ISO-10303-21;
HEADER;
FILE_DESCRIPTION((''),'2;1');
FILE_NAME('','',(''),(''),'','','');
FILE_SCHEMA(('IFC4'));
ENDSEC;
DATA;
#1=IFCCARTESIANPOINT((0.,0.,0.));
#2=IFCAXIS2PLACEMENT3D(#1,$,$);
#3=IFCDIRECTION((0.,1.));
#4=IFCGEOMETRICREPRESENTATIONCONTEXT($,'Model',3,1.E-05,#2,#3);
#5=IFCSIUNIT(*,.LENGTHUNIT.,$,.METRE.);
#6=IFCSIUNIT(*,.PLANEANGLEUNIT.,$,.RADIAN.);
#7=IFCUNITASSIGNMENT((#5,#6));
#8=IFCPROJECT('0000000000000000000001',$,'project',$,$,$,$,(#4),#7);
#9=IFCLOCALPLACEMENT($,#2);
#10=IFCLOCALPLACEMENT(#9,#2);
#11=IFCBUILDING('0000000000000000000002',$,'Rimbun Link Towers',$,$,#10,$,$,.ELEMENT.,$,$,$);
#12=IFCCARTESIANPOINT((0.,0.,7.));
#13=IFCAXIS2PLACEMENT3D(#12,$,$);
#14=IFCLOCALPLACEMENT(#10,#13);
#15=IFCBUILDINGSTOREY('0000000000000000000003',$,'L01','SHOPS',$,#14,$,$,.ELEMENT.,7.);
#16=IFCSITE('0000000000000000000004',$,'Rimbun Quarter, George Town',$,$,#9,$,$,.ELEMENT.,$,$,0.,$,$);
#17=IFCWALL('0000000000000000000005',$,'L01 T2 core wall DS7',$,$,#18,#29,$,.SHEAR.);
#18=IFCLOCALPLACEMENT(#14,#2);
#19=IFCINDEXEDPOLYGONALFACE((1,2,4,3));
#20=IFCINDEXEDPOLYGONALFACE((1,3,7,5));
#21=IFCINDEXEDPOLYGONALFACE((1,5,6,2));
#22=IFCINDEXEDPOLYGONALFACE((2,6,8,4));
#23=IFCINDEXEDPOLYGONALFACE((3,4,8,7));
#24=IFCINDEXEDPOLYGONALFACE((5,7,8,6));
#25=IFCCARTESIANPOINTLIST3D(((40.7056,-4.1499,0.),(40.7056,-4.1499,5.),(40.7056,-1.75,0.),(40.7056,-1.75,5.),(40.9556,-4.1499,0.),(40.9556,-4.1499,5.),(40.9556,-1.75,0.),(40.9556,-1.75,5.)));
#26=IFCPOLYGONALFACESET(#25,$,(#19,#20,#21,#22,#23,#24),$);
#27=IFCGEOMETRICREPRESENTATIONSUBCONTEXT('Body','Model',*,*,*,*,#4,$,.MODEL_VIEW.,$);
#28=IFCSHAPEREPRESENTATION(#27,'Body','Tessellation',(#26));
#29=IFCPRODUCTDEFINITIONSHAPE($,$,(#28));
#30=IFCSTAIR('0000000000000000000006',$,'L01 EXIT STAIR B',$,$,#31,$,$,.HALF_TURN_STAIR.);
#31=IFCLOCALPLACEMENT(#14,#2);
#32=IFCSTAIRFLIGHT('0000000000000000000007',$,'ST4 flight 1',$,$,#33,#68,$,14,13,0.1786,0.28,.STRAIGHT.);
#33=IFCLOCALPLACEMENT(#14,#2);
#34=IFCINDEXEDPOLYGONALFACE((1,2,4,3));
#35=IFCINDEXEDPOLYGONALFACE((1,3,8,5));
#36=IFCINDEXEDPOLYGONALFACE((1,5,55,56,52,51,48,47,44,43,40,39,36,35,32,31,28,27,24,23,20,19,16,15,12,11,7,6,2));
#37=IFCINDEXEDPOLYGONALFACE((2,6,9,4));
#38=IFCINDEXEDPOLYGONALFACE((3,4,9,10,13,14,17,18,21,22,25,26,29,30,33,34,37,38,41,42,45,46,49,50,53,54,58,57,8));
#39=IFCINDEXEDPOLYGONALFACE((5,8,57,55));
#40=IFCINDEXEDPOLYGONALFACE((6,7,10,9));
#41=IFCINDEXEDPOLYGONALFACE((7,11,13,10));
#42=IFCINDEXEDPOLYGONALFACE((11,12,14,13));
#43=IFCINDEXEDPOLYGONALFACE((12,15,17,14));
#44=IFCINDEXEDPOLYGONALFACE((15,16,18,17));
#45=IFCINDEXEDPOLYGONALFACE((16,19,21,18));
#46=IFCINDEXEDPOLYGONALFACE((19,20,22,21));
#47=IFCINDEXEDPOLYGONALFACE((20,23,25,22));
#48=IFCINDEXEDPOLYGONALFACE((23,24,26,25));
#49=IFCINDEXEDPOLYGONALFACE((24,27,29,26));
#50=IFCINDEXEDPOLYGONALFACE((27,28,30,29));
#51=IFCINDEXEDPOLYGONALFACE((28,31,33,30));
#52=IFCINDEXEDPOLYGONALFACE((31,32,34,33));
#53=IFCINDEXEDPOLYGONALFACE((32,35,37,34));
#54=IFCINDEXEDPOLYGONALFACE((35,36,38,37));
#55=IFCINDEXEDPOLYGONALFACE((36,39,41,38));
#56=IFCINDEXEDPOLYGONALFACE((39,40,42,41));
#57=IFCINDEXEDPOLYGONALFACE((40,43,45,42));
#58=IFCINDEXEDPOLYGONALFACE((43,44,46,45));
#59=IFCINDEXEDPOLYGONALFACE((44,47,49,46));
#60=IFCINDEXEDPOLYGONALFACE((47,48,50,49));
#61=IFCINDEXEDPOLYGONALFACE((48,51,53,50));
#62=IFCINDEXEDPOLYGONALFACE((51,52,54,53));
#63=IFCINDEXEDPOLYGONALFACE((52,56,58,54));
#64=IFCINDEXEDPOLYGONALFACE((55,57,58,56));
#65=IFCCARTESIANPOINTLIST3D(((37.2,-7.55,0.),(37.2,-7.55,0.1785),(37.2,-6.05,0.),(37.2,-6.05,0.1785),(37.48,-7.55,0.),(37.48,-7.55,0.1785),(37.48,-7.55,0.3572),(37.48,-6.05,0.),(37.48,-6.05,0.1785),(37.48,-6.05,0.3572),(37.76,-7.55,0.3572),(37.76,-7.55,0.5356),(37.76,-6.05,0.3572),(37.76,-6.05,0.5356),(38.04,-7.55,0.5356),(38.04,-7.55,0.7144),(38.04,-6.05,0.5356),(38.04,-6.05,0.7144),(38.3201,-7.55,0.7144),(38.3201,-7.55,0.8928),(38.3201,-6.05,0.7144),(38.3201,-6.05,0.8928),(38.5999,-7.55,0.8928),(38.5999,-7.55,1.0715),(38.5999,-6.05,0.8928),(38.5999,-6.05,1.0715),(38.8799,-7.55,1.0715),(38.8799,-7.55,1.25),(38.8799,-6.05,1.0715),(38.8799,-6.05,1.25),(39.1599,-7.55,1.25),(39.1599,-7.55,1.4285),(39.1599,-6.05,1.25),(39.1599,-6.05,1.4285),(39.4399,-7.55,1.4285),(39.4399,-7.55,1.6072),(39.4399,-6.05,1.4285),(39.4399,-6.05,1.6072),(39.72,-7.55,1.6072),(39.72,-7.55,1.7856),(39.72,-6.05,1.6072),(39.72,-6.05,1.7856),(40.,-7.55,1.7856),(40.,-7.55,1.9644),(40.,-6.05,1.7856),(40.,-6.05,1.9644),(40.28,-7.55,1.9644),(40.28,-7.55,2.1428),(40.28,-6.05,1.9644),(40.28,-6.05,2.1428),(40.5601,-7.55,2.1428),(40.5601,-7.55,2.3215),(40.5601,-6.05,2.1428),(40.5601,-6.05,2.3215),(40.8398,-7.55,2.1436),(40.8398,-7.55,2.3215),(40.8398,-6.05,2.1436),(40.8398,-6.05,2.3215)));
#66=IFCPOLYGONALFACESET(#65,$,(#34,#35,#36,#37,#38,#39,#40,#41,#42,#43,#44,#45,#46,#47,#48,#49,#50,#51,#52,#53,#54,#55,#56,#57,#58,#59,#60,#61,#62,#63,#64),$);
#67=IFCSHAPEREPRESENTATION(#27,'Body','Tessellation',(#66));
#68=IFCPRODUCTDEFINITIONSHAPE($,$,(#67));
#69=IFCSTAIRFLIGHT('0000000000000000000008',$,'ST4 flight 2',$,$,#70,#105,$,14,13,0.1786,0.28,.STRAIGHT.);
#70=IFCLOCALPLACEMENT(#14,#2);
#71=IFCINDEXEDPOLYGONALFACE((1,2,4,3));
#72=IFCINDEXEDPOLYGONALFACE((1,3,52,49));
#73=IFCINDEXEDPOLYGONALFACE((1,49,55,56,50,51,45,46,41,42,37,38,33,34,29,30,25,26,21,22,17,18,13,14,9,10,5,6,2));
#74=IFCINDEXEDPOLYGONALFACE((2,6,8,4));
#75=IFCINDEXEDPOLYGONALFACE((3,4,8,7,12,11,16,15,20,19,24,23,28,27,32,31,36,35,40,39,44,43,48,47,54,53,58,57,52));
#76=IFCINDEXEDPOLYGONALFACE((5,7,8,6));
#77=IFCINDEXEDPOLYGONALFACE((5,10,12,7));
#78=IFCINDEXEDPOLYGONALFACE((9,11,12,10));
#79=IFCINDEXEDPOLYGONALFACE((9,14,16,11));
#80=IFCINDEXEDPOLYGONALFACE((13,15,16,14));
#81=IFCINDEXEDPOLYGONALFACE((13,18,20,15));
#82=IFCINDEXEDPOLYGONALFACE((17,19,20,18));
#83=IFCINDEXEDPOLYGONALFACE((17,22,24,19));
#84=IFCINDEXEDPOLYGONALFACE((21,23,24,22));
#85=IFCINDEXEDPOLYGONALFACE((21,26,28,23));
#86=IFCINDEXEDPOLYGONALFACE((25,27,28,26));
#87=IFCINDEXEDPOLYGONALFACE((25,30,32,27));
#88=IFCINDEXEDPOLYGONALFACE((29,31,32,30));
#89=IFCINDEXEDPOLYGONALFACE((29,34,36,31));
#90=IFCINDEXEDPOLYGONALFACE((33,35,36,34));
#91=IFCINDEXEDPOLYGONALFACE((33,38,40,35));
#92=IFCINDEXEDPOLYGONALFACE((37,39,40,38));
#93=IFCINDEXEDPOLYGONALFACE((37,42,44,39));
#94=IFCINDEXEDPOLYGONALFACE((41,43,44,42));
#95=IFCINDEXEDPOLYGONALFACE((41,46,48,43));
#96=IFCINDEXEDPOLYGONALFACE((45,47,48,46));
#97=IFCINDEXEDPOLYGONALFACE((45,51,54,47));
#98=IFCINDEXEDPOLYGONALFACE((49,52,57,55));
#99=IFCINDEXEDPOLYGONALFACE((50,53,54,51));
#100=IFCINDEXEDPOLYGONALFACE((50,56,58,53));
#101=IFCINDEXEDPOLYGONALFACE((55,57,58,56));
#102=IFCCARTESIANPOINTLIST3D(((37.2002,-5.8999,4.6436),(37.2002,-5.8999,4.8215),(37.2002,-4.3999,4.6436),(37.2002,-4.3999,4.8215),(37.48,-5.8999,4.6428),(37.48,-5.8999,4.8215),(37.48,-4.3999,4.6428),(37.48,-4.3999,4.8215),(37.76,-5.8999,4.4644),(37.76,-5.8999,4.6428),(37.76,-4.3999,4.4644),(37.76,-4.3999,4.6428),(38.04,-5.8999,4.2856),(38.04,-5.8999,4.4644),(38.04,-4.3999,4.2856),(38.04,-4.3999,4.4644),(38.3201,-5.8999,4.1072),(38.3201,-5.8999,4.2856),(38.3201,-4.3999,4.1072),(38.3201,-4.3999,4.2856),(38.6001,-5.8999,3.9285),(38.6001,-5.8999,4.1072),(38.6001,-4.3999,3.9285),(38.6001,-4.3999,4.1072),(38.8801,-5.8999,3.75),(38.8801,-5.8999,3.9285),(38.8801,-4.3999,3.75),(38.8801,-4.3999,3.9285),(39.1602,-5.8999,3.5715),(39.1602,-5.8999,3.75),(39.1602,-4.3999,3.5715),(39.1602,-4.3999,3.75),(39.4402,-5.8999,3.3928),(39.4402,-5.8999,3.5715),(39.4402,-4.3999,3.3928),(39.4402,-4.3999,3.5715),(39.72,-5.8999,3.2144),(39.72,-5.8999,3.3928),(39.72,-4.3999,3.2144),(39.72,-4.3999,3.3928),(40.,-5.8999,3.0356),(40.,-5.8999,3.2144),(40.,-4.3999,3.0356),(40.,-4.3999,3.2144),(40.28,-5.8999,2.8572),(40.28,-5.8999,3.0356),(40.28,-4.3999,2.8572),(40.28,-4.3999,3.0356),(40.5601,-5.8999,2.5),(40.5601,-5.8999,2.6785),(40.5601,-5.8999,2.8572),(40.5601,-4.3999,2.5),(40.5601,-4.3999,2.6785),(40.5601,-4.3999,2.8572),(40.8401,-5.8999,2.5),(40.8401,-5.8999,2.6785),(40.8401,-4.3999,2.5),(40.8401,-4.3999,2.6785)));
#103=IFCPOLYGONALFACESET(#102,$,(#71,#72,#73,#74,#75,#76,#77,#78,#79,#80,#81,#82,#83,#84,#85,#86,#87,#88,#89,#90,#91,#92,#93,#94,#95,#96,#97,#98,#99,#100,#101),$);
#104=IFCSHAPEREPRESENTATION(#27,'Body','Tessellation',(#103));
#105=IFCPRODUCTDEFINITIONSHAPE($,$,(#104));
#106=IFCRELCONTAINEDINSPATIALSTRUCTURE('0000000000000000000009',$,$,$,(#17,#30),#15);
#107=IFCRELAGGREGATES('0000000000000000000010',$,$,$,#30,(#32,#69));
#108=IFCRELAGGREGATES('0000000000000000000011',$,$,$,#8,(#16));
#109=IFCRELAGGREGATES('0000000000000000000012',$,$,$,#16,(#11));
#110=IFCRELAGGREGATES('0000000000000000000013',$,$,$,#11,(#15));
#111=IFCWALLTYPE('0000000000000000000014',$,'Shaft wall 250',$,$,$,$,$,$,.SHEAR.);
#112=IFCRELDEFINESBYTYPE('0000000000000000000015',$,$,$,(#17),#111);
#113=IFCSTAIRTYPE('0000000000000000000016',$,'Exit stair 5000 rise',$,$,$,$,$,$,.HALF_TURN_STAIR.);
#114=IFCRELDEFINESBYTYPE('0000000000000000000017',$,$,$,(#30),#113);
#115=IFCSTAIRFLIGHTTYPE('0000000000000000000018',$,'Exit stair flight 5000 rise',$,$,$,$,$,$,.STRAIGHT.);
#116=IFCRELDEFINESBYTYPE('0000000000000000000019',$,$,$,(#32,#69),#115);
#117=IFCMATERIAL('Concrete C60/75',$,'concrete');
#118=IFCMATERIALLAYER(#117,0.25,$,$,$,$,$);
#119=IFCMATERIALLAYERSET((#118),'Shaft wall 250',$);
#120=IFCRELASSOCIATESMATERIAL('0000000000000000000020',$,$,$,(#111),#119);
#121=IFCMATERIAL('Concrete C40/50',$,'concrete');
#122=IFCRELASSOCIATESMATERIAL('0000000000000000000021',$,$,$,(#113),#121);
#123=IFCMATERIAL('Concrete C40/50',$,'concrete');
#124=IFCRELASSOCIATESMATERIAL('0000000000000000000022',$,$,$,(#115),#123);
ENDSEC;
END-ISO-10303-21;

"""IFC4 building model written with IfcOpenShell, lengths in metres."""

from ifc_helpers import new_model, si_unit, direction, frame, frame_2d, origin, place, context, subcontext, project, spatial, polyline, rectangle, outline, extrude, material, layer, layer_set, type_object, element, aggregate, save


model = new_model("IFC4")

# Units and contexts
model_context = context("Model", 3, precision=1e-05, world=origin(), true_north=direction((0.0, 1.0)))
body_context = subcontext(model_context, "Body", "Model", "MODEL_VIEW")
ifc_project = project(units=[si_unit("LENGTHUNIT", "METRE"), si_unit("PLANEANGLEUNIT", "RADIAN")], contexts=[model_context])

# Site, building, storey
site_placement = place(None, origin())
site = spatial("IfcSite", under=ifc_project, at=site_placement, Name="Rimbun Quarter, George Town", CompositionType="ELEMENT", RefElevation=0.0)
building_placement = place(site_placement, origin())
building = spatial("IfcBuilding", under=site, at=building_placement, Name="Rimbun Link Towers", CompositionType="ELEMENT")
storey_placement = place(building_placement, frame((0.0, 0.0, 7.0)))
storey = spatial("IfcBuildingStorey", under=building, at=storey_placement, Name="L01", Description="SHOPS", CompositionType="ELEMENT", Elevation=7.0)

# Wall
ifc_material_1 = material(Name="Concrete C60/75", Category="concrete")
ifc_layer_1 = layer(ifc_material_1, 0.25)
ifc_layer_set_1 = layer_set([ifc_layer_1], Name="Shaft wall 250")
wall_type_1 = type_object("IfcWallType", Name="Shaft wall 250", PredefinedType="SHEAR", material=ifc_layer_set_1)
for number, where, z_axis, x_axis, name in (
    (1, (40.8306, -4.1499, 0.0), (0.0, 0.0, 1.0), (0.0, 1.0, 0.0), "L01 T2 core wall DS7"),
):
    element("IfcWall", number, at=place(storey_placement, frame(where, z_axis=z_axis, x_axis=x_axis)), inside=storey, type_object=wall_type_1, Name=name, PredefinedType="SHEAR", context=body_context, shape_type="SweptSolid", body=[
        extrude(rectangle(XDim=2.3999, YDim=0.25, at=frame_2d((1.2, 0.0))), origin(), (0.0, 0.0, 1.0), 5.0),
    ])

# Stair, stair flights
ifc_material_2 = material(Name="Concrete C40/50", Category="concrete")
stair_type = type_object("IfcStairType", Name="Exit stair 5000 rise", PredefinedType="HALF_TURN_STAIR", material=ifc_material_2)
stair_placement = place(storey_placement, origin())
stair = element("IfcStair", 2, at=stair_placement, inside=storey, type_object=stair_type, Name="L01 EXIT STAIR B", PredefinedType="HALF_TURN_STAIR")
ifc_material_3 = material(Name="Concrete C40/50", Category="concrete")
stair_flight_type = type_object("IfcStairFlightType", Name="Exit stair flight 5000 rise", PredefinedType="STRAIGHT", material=ifc_material_3)
stair_flight_1_placement = place(storey_placement, frame((37.2, -6.8, 0.0), z_axis=(0.0, 0.0, 1.0), x_axis=(1.0, 0.0, 0.0)))
stair_flight_1 = element("IfcStairFlight", 3, at=stair_flight_1_placement, type_object=stair_flight_type, Name="ST4 flight 1", NumberOfRisers=14, NumberOfTreads=13, PredefinedType="STRAIGHT", RiserHeight=0.1786, TreadLength=0.28, context=body_context, shape_type="SweptSolid", body=[
    extrude(outline(polyline([(0.0, 0.0), (0.0, 0.1785), (0.28, 0.1785), (0.28, 0.3572), (0.5601, 0.3572), (0.5601, 0.5356), (0.8401, 0.5356), (0.8401, 0.7144), (1.1201, 0.7144), (1.1201, 0.8928), (1.3999, 0.8928), (1.3999, 1.0715), (1.6799, 1.0715), (1.6799, 1.25), (1.96, 1.25), (1.96, 1.4285), (2.24, 1.4285), (2.24, 1.6072), (2.52, 1.6072), (2.52, 1.7856), (2.8, 1.7856), (2.8, 1.9644), (3.0801, 1.9644), (3.0801, 2.1428), (3.3601, 2.1428), (3.3601, 2.3215), (3.6399, 2.3215), (3.6399, 2.5), (3.6399, 2.1436), (0.28, 0.0), (0.0, 0.0)])), frame((0.0, 0.75, 0.0), z_axis=(0.0, -1.0, 0.0), x_axis=(1.0, 0.0, 0.0)), (0.0, 0.0, 1.0), 1.5),
])
stair_flight_2_placement = place(storey_placement, frame((40.8401, -5.1499, 2.5), z_axis=(0.0, 0.0, 1.0), x_axis=(-1.0, 0.0, 0.0)))
stair_flight_2 = element("IfcStairFlight", 4, at=stair_flight_2_placement, type_object=stair_flight_type, Name="ST4 flight 2", NumberOfRisers=14, NumberOfTreads=13, PredefinedType="STRAIGHT", RiserHeight=0.1786, TreadLength=0.28, context=body_context, shape_type="SweptSolid", body=[
    extrude(outline(polyline([(0.0, 0.0), (0.0, 0.1785), (0.28, 0.1785), (0.28, 0.3572), (0.5601, 0.3572), (0.5601, 0.5356), (0.8401, 0.5356), (0.8401, 0.7144), (1.1201, 0.7144), (1.1201, 0.8928), (1.3999, 0.8928), (1.3999, 1.0715), (1.6799, 1.0715), (1.6799, 1.25), (1.96, 1.25), (1.96, 1.4285), (2.24, 1.4285), (2.24, 1.6072), (2.52, 1.6072), (2.52, 1.7856), (2.8, 1.7856), (2.8, 1.9644), (3.0801, 1.9644), (3.0801, 2.1428), (3.3601, 2.1428), (3.3601, 2.3215), (3.6399, 2.3215), (3.6399, 2.5), (3.6399, 2.1436), (0.28, 0.0), (0.0, 0.0)])), frame((0.0, 0.75, 0.0), z_axis=(0.0, -1.0, 0.0), x_axis=(1.0, 0.0, 0.0)), (0.0, 0.0, 1.0), 1.5),
])
aggregate(stair, [stair_flight_1, stair_flight_2])

save(model, "model.ifc")
